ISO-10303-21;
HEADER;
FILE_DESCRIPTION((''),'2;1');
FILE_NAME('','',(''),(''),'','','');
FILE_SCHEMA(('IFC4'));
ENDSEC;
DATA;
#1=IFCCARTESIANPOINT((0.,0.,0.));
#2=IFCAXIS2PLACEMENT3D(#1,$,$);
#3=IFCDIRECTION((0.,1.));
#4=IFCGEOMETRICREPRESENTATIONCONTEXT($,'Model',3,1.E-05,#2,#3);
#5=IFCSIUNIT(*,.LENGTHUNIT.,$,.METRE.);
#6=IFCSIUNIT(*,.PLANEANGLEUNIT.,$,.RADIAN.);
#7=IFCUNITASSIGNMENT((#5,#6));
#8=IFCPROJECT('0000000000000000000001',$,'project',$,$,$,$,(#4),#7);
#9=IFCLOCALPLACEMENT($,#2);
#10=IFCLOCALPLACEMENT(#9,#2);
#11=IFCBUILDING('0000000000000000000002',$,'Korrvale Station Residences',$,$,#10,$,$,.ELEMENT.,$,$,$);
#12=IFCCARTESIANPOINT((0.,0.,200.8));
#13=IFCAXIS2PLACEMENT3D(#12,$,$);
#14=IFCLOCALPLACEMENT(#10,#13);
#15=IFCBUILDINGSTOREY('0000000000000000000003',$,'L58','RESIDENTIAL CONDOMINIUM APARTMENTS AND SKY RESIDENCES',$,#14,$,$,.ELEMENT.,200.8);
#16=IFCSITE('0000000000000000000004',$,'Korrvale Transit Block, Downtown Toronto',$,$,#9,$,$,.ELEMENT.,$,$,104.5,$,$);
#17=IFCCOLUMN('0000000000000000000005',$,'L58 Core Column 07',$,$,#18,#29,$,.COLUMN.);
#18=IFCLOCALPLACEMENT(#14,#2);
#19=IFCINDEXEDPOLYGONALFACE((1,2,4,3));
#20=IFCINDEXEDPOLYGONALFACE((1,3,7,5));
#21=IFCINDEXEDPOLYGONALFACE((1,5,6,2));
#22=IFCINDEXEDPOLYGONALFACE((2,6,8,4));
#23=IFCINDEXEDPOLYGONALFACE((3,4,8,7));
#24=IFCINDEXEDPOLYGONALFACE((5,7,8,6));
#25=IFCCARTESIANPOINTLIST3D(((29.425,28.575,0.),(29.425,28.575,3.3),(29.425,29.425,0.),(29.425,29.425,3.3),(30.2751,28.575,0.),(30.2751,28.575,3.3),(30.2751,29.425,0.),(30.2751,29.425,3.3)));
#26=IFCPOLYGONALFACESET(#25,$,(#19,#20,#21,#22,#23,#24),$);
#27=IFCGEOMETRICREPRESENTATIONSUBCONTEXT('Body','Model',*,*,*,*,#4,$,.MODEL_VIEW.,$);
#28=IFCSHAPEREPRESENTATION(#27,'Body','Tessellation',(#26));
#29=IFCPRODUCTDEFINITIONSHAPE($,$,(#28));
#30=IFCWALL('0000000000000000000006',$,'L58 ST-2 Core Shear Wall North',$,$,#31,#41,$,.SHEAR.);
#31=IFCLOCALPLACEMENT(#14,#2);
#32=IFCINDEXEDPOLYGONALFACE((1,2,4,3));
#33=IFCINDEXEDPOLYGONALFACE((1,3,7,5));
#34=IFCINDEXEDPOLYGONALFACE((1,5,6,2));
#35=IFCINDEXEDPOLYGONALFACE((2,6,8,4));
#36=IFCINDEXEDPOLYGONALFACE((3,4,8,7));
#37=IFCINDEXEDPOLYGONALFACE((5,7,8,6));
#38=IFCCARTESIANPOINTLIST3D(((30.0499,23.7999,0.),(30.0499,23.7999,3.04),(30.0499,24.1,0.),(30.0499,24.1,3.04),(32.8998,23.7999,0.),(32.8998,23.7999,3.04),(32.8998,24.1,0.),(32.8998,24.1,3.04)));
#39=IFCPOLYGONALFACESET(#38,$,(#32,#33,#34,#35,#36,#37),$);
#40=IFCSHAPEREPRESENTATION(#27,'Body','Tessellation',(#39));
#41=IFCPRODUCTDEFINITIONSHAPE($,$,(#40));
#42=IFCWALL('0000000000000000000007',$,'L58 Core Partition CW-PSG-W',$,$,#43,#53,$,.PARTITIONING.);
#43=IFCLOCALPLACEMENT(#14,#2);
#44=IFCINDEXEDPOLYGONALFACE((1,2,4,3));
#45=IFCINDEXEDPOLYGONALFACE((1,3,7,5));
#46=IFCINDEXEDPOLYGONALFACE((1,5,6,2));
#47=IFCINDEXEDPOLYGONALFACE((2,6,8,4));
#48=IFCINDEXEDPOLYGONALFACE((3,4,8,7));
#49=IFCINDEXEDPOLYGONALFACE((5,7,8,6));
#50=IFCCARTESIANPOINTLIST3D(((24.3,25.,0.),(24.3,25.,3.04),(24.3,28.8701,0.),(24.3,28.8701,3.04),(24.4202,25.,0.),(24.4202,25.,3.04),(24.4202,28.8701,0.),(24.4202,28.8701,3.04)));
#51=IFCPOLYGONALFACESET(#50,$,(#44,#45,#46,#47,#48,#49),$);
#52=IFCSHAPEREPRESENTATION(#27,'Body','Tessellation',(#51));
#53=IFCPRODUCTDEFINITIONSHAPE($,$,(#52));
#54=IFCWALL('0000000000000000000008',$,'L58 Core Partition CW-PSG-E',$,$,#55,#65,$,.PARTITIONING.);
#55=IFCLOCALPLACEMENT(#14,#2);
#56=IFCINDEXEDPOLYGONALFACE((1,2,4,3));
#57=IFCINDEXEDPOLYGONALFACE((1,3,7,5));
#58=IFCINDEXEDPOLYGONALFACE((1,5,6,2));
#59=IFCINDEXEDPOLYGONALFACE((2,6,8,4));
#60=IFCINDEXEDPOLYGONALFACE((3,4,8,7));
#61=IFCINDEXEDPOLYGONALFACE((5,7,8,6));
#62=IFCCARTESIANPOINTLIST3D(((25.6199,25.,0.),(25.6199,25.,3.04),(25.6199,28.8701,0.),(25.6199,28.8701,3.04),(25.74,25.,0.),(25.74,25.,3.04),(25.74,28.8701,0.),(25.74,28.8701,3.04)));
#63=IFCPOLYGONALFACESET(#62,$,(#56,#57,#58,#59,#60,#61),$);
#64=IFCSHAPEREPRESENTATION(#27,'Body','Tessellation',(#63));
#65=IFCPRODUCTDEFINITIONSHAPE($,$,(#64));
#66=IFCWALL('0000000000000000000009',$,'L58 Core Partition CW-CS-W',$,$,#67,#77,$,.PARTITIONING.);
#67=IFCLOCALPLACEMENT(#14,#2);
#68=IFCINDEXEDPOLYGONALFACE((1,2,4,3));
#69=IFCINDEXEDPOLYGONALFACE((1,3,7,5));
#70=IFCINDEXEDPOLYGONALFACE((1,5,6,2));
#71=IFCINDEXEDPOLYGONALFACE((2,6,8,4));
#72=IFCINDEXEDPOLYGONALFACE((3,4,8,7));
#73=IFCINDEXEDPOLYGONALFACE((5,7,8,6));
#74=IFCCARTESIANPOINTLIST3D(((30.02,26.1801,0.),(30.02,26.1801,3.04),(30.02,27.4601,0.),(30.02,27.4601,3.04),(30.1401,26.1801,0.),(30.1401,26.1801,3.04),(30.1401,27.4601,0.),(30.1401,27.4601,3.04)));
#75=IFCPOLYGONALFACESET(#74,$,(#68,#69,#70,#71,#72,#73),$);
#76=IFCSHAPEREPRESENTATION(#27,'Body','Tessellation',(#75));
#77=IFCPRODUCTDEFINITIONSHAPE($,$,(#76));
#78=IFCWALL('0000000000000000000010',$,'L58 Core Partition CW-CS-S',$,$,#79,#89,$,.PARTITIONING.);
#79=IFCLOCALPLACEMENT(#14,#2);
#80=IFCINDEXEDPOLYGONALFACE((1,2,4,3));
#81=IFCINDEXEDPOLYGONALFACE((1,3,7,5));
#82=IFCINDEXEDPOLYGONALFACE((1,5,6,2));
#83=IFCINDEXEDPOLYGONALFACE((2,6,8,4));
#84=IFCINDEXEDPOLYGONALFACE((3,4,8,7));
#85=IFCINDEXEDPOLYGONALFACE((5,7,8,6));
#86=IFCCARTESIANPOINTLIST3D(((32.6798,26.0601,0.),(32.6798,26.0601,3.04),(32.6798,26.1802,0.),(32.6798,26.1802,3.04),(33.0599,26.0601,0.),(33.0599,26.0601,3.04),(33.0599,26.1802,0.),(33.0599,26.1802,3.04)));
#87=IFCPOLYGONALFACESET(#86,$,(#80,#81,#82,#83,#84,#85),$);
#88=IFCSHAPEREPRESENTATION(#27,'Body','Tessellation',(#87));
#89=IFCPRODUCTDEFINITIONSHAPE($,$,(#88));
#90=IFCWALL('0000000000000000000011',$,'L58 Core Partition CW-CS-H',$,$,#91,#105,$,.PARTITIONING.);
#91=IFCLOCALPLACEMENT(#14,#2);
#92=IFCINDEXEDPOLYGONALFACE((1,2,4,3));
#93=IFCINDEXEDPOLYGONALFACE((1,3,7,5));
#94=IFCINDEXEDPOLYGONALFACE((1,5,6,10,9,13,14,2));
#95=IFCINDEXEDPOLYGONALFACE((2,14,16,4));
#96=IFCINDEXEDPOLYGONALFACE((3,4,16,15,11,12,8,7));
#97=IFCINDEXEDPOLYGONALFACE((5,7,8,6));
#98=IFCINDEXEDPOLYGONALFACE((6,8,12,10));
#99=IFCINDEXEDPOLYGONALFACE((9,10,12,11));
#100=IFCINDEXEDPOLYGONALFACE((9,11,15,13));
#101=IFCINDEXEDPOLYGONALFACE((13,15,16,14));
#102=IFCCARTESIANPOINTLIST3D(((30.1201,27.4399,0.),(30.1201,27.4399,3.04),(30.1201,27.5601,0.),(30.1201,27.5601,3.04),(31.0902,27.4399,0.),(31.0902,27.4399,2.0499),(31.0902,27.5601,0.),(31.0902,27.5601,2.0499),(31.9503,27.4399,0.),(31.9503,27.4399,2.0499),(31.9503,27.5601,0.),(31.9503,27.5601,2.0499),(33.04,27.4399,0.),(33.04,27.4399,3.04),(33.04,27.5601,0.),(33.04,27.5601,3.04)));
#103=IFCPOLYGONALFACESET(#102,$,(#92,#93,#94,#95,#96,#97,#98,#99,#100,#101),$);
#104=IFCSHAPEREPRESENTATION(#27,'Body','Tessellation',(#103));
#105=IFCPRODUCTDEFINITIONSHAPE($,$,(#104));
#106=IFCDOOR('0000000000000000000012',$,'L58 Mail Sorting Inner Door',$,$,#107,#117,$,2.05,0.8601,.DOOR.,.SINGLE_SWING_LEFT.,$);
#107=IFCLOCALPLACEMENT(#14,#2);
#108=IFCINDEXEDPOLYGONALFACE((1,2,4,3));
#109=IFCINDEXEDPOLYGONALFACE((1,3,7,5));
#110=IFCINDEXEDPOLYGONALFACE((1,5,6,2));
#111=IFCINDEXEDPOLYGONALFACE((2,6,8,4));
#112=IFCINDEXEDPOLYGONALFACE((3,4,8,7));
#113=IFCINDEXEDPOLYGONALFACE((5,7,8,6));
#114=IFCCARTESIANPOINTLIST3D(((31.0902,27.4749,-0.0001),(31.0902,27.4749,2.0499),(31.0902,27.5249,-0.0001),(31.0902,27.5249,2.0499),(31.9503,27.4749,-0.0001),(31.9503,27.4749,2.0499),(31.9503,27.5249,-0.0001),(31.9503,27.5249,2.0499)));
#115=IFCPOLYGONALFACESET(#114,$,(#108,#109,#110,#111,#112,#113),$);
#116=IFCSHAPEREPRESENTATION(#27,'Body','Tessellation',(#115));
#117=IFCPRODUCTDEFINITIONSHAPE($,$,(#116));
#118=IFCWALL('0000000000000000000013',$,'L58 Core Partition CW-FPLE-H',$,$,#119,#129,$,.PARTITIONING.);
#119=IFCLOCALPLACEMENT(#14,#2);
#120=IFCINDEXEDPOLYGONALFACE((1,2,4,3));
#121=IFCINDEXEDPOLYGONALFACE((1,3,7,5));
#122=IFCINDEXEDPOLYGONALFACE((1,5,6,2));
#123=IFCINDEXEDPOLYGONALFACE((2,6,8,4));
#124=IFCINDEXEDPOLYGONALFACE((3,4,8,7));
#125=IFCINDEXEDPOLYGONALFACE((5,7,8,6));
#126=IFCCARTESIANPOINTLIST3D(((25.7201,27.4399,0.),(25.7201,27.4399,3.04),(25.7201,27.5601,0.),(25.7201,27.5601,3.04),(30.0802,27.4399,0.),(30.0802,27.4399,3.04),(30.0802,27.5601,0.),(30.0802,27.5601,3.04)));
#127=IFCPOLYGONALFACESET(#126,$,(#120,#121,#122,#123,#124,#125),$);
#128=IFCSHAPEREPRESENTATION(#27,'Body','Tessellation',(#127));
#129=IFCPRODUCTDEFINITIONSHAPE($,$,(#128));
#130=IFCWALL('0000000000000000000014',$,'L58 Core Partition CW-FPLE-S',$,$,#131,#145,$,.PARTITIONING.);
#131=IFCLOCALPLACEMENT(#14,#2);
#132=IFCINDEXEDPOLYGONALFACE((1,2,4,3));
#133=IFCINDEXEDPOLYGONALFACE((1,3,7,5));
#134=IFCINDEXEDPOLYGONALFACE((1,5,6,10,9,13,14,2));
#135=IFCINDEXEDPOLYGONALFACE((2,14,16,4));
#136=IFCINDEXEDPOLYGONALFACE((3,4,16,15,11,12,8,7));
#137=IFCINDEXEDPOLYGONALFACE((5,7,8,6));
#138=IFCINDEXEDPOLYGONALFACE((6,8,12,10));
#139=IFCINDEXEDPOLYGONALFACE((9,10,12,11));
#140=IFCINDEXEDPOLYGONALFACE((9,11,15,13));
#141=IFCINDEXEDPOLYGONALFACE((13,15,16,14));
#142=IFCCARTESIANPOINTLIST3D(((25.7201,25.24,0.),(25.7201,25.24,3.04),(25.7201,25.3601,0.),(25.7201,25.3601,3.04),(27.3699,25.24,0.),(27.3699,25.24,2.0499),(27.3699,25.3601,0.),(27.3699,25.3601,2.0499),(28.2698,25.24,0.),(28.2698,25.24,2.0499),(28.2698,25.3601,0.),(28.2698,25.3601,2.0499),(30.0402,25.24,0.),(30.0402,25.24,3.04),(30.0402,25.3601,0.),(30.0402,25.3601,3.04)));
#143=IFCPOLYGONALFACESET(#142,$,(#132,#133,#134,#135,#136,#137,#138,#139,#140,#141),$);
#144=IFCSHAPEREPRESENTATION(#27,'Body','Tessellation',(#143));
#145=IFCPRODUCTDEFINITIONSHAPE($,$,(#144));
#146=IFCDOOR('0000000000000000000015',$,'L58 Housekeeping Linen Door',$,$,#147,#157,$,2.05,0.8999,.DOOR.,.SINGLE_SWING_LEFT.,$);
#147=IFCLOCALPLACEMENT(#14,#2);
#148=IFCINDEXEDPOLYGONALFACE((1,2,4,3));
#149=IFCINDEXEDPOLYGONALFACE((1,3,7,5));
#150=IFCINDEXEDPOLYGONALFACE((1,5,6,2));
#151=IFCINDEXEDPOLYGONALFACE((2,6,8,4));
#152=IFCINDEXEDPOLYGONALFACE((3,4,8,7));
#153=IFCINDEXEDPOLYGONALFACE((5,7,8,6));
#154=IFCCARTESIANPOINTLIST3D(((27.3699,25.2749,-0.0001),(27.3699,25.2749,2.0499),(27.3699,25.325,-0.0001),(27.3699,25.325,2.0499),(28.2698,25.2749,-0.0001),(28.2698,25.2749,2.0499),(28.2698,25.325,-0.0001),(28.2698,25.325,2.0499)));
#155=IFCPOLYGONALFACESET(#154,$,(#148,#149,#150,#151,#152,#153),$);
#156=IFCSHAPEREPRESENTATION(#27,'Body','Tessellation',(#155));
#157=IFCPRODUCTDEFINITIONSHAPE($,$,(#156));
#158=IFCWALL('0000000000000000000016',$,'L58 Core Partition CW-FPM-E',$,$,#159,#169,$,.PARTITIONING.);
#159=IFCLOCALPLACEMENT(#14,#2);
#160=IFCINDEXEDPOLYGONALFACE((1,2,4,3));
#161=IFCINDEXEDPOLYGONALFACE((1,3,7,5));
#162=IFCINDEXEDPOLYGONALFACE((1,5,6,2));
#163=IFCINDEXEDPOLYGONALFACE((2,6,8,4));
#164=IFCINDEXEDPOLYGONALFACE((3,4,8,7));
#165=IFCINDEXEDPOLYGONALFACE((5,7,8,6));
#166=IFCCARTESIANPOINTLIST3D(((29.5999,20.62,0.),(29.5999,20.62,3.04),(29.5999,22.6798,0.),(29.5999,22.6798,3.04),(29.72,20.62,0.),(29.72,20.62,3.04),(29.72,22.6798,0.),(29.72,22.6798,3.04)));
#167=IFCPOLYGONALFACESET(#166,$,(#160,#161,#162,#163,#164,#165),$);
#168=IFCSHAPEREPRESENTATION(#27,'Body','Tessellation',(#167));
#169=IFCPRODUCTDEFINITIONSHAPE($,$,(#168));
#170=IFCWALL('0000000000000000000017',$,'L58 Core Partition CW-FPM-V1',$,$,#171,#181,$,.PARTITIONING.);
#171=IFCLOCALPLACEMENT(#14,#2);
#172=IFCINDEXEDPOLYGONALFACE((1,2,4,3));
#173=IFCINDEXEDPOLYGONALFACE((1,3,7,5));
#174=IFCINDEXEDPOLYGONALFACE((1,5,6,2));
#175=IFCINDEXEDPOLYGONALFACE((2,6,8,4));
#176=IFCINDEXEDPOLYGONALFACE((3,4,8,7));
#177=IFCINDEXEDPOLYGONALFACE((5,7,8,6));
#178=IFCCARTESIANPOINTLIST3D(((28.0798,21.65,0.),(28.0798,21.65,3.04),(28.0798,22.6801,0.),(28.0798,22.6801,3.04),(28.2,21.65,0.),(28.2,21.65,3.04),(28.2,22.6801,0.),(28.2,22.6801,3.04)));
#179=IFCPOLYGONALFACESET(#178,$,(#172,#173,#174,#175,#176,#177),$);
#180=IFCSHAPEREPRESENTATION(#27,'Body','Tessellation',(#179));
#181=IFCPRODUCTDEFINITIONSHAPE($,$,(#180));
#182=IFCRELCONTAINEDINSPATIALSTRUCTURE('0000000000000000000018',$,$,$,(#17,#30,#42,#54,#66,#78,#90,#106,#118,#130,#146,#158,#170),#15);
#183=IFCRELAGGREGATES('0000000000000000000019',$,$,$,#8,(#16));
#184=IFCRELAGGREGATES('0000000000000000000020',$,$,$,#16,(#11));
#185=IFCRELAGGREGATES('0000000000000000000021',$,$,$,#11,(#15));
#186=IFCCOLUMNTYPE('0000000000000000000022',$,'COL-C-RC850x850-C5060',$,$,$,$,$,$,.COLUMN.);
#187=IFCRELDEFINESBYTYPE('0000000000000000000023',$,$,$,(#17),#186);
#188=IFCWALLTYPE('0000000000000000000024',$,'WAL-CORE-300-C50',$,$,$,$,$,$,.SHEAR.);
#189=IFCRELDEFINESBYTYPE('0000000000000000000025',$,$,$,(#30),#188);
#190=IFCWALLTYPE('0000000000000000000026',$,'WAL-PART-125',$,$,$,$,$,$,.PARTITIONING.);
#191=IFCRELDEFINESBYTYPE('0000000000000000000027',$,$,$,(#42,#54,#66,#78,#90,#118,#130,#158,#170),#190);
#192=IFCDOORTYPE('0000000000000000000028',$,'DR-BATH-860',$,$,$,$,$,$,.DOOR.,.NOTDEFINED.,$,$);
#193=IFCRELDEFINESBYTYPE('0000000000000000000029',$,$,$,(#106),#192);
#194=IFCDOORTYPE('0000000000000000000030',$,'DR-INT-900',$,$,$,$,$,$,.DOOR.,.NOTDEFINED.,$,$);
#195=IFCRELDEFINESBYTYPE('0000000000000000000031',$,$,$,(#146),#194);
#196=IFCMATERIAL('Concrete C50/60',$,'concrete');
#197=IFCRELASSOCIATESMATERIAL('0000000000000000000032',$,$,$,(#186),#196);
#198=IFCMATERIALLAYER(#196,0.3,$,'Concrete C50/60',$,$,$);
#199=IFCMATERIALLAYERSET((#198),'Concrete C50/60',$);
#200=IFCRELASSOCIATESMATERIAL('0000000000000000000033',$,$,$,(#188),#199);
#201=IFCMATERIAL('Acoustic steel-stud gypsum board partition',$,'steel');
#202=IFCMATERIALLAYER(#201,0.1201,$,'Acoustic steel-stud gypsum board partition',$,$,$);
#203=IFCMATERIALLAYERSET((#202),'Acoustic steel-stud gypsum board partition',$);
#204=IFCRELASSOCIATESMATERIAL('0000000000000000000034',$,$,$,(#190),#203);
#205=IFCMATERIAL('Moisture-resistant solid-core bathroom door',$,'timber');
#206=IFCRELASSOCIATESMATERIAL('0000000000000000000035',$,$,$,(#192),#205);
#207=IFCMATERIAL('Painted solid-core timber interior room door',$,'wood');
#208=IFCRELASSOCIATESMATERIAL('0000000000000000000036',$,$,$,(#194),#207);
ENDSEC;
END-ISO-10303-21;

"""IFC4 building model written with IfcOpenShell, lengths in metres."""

from ifc_helpers import new_model, si_unit, direction, frame, frame_2d, origin, origin_2d, place, context, subcontext, project, spatial, rectangle, extrude, material, layer, layer_set, material_profile, profile_set, type_object, element, fill, save


model = new_model("IFC4")

# Units and contexts
model_context = context("Model", 3, precision=1e-05, world=origin(), true_north=direction((0.0, 1.0)))
body_context = subcontext(model_context, "Body", "Model", "MODEL_VIEW")
ifc_project = project(units=[si_unit("LENGTHUNIT", "METRE"), si_unit("PLANEANGLEUNIT", "RADIAN")], contexts=[model_context])

# Site, building, storey
site_placement = place(None, origin())
site = spatial("IfcSite", under=ifc_project, at=site_placement, Name="Korrvale Transit Block, Downtown Toronto", CompositionType="ELEMENT", RefElevation=104.5)
building_placement = place(site_placement, origin())
building = spatial("IfcBuilding", under=site, at=building_placement, Name="Korrvale Station Residences", CompositionType="ELEMENT")
storey_placement = place(building_placement, frame((0.0, 0.0, 200.8)))
storey = spatial("IfcBuildingStorey", under=building, at=storey_placement, Name="L58", Description="RESIDENTIAL CONDOMINIUM APARTMENTS AND SKY RESIDENCES", CompositionType="ELEMENT", Elevation=200.8)

# Column
ifc_material_1 = material(Name="Concrete C50/60", Category="concrete")
ifc_material_profile = material_profile(ifc_material_1, rectangle(XDim=0.8501, YDim=0.8501, at=origin_2d()), Name="RC850x850")
ifc_profile_set = profile_set([ifc_material_profile], Name="Concrete C50/60")
column_type = type_object("IfcColumnType", Name="COL-C-RC850x850-C5060", PredefinedType="COLUMN", material=ifc_profile_set)
column_placement = place(storey_placement, frame((29.8501, 29.0, 0.0), z_axis=(0.0, 0.0, 1.0), x_axis=(1.0, 0.0, 0.0)))
element("IfcColumn", 1, at=column_placement, inside=storey, type_object=column_type, Name="L58 Core Column 07", PredefinedType="COLUMN", context=body_context, shape_type="SweptSolid", body=[
    extrude(rectangle(XDim=0.8501, YDim=0.8501, at=origin_2d()), origin(), (0.0, 0.0, 1.0), 3.3),
])

# Walls
ifc_layer_1 = layer(ifc_material_1, 0.3, Name="Concrete C50/60")
ifc_layer_set_1 = layer_set([ifc_layer_1], Name="Concrete C50/60")
wall_type_1 = type_object("IfcWallType", Name="WAL-CORE-300-C50", PredefinedType="SHEAR", material=ifc_layer_set_1)
wall_1_placement = place(storey_placement, frame((30.05, 23.95, 0.0), z_axis=(0.0, 0.0, 1.0), x_axis=(1.0, 0.0, 0.0)))
element("IfcWall", 2, at=wall_1_placement, inside=storey, type_object=wall_type_1, Name="L58 ST-2 Core Shear Wall North", PredefinedType="SHEAR", context=body_context, shape_type="SweptSolid", body=[
    extrude(rectangle(XDim=2.8499, YDim=0.3, at=frame_2d((1.4248, 0.0))), origin(), (0.0, 0.0, 1.0), 3.04),
])
ifc_material_2 = material(Name="Acoustic steel-stud gypsum board partition", Category="steel")
ifc_layer_2 = layer(ifc_material_2, 0.1201, Name="Acoustic steel-stud gypsum board partition")
ifc_layer_set_2 = layer_set([ifc_layer_2], Name="Acoustic steel-stud gypsum board partition")
wall_type_2 = type_object("IfcWallType", Name="WAL-PART-125", PredefinedType="PARTITIONING", material=ifc_layer_set_2)
for number, where, z_axis, x_axis, name in (
    (3, (24.3601, 25.0, 0.0), (0.0, 0.0, 1.0), (0.0, 1.0, 0.0), "L58 Core Partition CW-PSG-W"),
    (4, (25.6799, 25.0, 0.0), (0.0, 0.0, 1.0), (0.0, 1.0, 0.0), "L58 Core Partition CW-PSG-E"),
):
    element("IfcWall", number, at=place(storey_placement, frame(where, z_axis=z_axis, x_axis=x_axis)), inside=storey, type_object=wall_type_2, Name=name, PredefinedType="PARTITIONING", context=body_context, shape_type="SweptSolid", body=[
        extrude(rectangle(XDim=3.8701, YDim=0.1201, at=frame_2d((1.9351, 0.0))), origin(), (0.0, 0.0, 1.0), 3.04),
    ])
wall_2_placement = place(storey_placement, frame((30.0801, 26.1799, 0.0), z_axis=(0.0, 0.0, 1.0), x_axis=(0.0, 1.0, 0.0)))
element("IfcWall", 5, at=wall_2_placement, inside=storey, type_object=wall_type_2, Name="L58 Core Partition CW-CS-W", PredefinedType="PARTITIONING", context=body_context, shape_type="SweptSolid", body=[
    extrude(rectangle(XDim=1.28, YDim=0.1201, at=frame_2d((0.6401, 0.0))), origin(), (0.0, 0.0, 1.0), 3.04),
])
wall_3_placement = place(storey_placement, frame((32.6799, 26.1201, 0.0), z_axis=(0.0, 0.0, 1.0), x_axis=(1.0, 0.0, 0.0)))
element("IfcWall", 6, at=wall_3_placement, inside=storey, type_object=wall_type_2, Name="L58 Core Partition CW-CS-S", PredefinedType="PARTITIONING", context=body_context, shape_type="SweptSolid", body=[
    extrude(rectangle(XDim=0.3801, YDim=0.1201, at=frame_2d((0.1899, 0.0))), origin(), (0.0, 0.0, 1.0), 3.04),
])

# Wall, opening, door
wall_4_placement = place(storey_placement, frame((30.1201, 27.5, 0.0), z_axis=(0.0, 0.0, 1.0), x_axis=(1.0, 0.0, 0.0)))
wall_4 = element("IfcWall", 7, at=wall_4_placement, inside=storey, type_object=wall_type_2, Name="L58 Core Partition CW-CS-H", PredefinedType="PARTITIONING", context=body_context, shape_type="SweptSolid", body=[
    extrude(rectangle(XDim=2.9199, YDim=0.1201, at=frame_2d((1.46, 0.0))), origin(), (0.0, 0.0, 1.0), 3.04),
])
opening_1_placement = place(wall_4_placement, frame((0.97, 0.0, 0.0)))
opening_1 = element("IfcOpeningElement", 8, at=opening_1_placement, cuts=wall_4, PredefinedType="OPENING", context=body_context, shape_type="SweptSolid", body=[
    extrude(rectangle(XDim=0.8601, YDim=2.05, at=frame_2d((0.4302, 1.0249))), frame((0.0, 0.0701, 0.0), z_axis=(0.0, -1.0, 0.0), x_axis=(1.0, 0.0, 0.0)), (0.0, 0.0, 1.0), 0.1401),
])
ifc_material_3 = material(Name="Moisture-resistant solid-core bathroom door", Category="timber")
door_type_1 = type_object("IfcDoorType", Name="DR-BATH-860", OperationType="NOTDEFINED", PredefinedType="DOOR", material=ifc_material_3)
door_1_placement = place(opening_1_placement, origin())
door_1 = element("IfcDoor", 9, at=door_1_placement, inside=storey, type_object=door_type_1, Name="L58 Mail Sorting Inner Door", OperationType="SINGLE_SWING_LEFT", OverallHeight=2.05, OverallWidth=0.8601, PredefinedType="DOOR", context=body_context, shape_type="SweptSolid", body=[
    extrude(rectangle(XDim=0.8601, YDim=2.05, at=frame_2d((0.4302, 1.0249))), frame((0.0, 0.0249, 0.0), z_axis=(0.0, -1.0, 0.0), x_axis=(1.0, 0.0, 0.0)), (0.0, 0.0, 1.0), 0.05),
])
fill(opening_1, door_1)

# Wall
wall_5_placement = place(storey_placement, frame((25.72, 27.5, 0.0), z_axis=(0.0, 0.0, 1.0), x_axis=(1.0, 0.0, 0.0)))
element("IfcWall", 10, at=wall_5_placement, inside=storey, type_object=wall_type_2, Name="L58 Core Partition CW-FPLE-H", PredefinedType="PARTITIONING", context=body_context, shape_type="SweptSolid", body=[
    extrude(rectangle(XDim=4.3601, YDim=0.1201, at=frame_2d((2.1802, 0.0))), origin(), (0.0, 0.0, 1.0), 3.04),
])

# Wall, opening, door
wall_6_placement = place(storey_placement, frame((25.72, 25.3, 0.0), z_axis=(0.0, 0.0, 1.0), x_axis=(1.0, 0.0, 0.0)))
wall_6 = element("IfcWall", 11, at=wall_6_placement, inside=storey, type_object=wall_type_2, Name="L58 Core Partition CW-FPLE-S", PredefinedType="PARTITIONING", context=body_context, shape_type="SweptSolid", body=[
    extrude(rectangle(XDim=4.3201, YDim=0.1201, at=frame_2d((2.1602, 0.0))), origin(), (0.0, 0.0, 1.0), 3.04),
])
opening_2_placement = place(wall_6_placement, frame((1.6499, 0.0, 0.0)))
opening_2 = element("IfcOpeningElement", 12, at=opening_2_placement, cuts=wall_6, PredefinedType="OPENING", context=body_context, shape_type="SweptSolid", body=[
    extrude(rectangle(XDim=0.8999, YDim=2.05, at=frame_2d((0.45, 1.0249))), frame((0.0, 0.0701, 0.0), z_axis=(0.0, -1.0, 0.0), x_axis=(1.0, 0.0, 0.0)), (0.0, 0.0, 1.0), 0.1401),
])
ifc_material_4 = material(Name="Painted solid-core timber interior room door", Category="wood")
door_type_2 = type_object("IfcDoorType", Name="DR-INT-900", OperationType="NOTDEFINED", PredefinedType="DOOR", material=ifc_material_4)
door_2_placement = place(opening_2_placement, origin())
door_2 = element("IfcDoor", 13, at=door_2_placement, inside=storey, type_object=door_type_2, Name="L58 Housekeeping Linen Door", OperationType="SINGLE_SWING_LEFT", OverallHeight=2.05, OverallWidth=0.8999, PredefinedType="DOOR", context=body_context, shape_type="SweptSolid", body=[
    extrude(rectangle(XDim=0.8999, YDim=2.05, at=frame_2d((0.45, 1.0249))), frame((0.0, 0.0249, 0.0), z_axis=(0.0, -1.0, 0.0), x_axis=(1.0, 0.0, 0.0)), (0.0, 0.0, 1.0), 0.05),
])
fill(opening_2, door_2)

# Walls
wall_7_placement = place(storey_placement, frame((29.6599, 20.6201, 0.0), z_axis=(0.0, 0.0, 1.0), x_axis=(0.0, 1.0, 0.0)))
element("IfcWall", 14, at=wall_7_placement, inside=storey, type_object=wall_type_2, Name="L58 Core Partition CW-FPM-E", PredefinedType="PARTITIONING", context=body_context, shape_type="SweptSolid", body=[
    extrude(rectangle(XDim=2.0598, YDim=0.1201, at=frame_2d((1.0298, 0.0))), origin(), (0.0, 0.0, 1.0), 3.04),
])
wall_8_placement = place(storey_placement, frame((28.1399, 21.6499, 0.0), z_axis=(0.0, 0.0, 1.0), x_axis=(0.0, 1.0, 0.0)))
element("IfcWall", 15, at=wall_8_placement, inside=storey, type_object=wall_type_2, Name="L58 Core Partition CW-FPM-V1", PredefinedType="PARTITIONING", context=body_context, shape_type="SweptSolid", body=[
    extrude(rectangle(XDim=1.03, YDim=0.1201, at=frame_2d((0.5151, 0.0))), origin(), (0.0, 0.0, 1.0), 3.04),
])

save(model, "model.ifc")
